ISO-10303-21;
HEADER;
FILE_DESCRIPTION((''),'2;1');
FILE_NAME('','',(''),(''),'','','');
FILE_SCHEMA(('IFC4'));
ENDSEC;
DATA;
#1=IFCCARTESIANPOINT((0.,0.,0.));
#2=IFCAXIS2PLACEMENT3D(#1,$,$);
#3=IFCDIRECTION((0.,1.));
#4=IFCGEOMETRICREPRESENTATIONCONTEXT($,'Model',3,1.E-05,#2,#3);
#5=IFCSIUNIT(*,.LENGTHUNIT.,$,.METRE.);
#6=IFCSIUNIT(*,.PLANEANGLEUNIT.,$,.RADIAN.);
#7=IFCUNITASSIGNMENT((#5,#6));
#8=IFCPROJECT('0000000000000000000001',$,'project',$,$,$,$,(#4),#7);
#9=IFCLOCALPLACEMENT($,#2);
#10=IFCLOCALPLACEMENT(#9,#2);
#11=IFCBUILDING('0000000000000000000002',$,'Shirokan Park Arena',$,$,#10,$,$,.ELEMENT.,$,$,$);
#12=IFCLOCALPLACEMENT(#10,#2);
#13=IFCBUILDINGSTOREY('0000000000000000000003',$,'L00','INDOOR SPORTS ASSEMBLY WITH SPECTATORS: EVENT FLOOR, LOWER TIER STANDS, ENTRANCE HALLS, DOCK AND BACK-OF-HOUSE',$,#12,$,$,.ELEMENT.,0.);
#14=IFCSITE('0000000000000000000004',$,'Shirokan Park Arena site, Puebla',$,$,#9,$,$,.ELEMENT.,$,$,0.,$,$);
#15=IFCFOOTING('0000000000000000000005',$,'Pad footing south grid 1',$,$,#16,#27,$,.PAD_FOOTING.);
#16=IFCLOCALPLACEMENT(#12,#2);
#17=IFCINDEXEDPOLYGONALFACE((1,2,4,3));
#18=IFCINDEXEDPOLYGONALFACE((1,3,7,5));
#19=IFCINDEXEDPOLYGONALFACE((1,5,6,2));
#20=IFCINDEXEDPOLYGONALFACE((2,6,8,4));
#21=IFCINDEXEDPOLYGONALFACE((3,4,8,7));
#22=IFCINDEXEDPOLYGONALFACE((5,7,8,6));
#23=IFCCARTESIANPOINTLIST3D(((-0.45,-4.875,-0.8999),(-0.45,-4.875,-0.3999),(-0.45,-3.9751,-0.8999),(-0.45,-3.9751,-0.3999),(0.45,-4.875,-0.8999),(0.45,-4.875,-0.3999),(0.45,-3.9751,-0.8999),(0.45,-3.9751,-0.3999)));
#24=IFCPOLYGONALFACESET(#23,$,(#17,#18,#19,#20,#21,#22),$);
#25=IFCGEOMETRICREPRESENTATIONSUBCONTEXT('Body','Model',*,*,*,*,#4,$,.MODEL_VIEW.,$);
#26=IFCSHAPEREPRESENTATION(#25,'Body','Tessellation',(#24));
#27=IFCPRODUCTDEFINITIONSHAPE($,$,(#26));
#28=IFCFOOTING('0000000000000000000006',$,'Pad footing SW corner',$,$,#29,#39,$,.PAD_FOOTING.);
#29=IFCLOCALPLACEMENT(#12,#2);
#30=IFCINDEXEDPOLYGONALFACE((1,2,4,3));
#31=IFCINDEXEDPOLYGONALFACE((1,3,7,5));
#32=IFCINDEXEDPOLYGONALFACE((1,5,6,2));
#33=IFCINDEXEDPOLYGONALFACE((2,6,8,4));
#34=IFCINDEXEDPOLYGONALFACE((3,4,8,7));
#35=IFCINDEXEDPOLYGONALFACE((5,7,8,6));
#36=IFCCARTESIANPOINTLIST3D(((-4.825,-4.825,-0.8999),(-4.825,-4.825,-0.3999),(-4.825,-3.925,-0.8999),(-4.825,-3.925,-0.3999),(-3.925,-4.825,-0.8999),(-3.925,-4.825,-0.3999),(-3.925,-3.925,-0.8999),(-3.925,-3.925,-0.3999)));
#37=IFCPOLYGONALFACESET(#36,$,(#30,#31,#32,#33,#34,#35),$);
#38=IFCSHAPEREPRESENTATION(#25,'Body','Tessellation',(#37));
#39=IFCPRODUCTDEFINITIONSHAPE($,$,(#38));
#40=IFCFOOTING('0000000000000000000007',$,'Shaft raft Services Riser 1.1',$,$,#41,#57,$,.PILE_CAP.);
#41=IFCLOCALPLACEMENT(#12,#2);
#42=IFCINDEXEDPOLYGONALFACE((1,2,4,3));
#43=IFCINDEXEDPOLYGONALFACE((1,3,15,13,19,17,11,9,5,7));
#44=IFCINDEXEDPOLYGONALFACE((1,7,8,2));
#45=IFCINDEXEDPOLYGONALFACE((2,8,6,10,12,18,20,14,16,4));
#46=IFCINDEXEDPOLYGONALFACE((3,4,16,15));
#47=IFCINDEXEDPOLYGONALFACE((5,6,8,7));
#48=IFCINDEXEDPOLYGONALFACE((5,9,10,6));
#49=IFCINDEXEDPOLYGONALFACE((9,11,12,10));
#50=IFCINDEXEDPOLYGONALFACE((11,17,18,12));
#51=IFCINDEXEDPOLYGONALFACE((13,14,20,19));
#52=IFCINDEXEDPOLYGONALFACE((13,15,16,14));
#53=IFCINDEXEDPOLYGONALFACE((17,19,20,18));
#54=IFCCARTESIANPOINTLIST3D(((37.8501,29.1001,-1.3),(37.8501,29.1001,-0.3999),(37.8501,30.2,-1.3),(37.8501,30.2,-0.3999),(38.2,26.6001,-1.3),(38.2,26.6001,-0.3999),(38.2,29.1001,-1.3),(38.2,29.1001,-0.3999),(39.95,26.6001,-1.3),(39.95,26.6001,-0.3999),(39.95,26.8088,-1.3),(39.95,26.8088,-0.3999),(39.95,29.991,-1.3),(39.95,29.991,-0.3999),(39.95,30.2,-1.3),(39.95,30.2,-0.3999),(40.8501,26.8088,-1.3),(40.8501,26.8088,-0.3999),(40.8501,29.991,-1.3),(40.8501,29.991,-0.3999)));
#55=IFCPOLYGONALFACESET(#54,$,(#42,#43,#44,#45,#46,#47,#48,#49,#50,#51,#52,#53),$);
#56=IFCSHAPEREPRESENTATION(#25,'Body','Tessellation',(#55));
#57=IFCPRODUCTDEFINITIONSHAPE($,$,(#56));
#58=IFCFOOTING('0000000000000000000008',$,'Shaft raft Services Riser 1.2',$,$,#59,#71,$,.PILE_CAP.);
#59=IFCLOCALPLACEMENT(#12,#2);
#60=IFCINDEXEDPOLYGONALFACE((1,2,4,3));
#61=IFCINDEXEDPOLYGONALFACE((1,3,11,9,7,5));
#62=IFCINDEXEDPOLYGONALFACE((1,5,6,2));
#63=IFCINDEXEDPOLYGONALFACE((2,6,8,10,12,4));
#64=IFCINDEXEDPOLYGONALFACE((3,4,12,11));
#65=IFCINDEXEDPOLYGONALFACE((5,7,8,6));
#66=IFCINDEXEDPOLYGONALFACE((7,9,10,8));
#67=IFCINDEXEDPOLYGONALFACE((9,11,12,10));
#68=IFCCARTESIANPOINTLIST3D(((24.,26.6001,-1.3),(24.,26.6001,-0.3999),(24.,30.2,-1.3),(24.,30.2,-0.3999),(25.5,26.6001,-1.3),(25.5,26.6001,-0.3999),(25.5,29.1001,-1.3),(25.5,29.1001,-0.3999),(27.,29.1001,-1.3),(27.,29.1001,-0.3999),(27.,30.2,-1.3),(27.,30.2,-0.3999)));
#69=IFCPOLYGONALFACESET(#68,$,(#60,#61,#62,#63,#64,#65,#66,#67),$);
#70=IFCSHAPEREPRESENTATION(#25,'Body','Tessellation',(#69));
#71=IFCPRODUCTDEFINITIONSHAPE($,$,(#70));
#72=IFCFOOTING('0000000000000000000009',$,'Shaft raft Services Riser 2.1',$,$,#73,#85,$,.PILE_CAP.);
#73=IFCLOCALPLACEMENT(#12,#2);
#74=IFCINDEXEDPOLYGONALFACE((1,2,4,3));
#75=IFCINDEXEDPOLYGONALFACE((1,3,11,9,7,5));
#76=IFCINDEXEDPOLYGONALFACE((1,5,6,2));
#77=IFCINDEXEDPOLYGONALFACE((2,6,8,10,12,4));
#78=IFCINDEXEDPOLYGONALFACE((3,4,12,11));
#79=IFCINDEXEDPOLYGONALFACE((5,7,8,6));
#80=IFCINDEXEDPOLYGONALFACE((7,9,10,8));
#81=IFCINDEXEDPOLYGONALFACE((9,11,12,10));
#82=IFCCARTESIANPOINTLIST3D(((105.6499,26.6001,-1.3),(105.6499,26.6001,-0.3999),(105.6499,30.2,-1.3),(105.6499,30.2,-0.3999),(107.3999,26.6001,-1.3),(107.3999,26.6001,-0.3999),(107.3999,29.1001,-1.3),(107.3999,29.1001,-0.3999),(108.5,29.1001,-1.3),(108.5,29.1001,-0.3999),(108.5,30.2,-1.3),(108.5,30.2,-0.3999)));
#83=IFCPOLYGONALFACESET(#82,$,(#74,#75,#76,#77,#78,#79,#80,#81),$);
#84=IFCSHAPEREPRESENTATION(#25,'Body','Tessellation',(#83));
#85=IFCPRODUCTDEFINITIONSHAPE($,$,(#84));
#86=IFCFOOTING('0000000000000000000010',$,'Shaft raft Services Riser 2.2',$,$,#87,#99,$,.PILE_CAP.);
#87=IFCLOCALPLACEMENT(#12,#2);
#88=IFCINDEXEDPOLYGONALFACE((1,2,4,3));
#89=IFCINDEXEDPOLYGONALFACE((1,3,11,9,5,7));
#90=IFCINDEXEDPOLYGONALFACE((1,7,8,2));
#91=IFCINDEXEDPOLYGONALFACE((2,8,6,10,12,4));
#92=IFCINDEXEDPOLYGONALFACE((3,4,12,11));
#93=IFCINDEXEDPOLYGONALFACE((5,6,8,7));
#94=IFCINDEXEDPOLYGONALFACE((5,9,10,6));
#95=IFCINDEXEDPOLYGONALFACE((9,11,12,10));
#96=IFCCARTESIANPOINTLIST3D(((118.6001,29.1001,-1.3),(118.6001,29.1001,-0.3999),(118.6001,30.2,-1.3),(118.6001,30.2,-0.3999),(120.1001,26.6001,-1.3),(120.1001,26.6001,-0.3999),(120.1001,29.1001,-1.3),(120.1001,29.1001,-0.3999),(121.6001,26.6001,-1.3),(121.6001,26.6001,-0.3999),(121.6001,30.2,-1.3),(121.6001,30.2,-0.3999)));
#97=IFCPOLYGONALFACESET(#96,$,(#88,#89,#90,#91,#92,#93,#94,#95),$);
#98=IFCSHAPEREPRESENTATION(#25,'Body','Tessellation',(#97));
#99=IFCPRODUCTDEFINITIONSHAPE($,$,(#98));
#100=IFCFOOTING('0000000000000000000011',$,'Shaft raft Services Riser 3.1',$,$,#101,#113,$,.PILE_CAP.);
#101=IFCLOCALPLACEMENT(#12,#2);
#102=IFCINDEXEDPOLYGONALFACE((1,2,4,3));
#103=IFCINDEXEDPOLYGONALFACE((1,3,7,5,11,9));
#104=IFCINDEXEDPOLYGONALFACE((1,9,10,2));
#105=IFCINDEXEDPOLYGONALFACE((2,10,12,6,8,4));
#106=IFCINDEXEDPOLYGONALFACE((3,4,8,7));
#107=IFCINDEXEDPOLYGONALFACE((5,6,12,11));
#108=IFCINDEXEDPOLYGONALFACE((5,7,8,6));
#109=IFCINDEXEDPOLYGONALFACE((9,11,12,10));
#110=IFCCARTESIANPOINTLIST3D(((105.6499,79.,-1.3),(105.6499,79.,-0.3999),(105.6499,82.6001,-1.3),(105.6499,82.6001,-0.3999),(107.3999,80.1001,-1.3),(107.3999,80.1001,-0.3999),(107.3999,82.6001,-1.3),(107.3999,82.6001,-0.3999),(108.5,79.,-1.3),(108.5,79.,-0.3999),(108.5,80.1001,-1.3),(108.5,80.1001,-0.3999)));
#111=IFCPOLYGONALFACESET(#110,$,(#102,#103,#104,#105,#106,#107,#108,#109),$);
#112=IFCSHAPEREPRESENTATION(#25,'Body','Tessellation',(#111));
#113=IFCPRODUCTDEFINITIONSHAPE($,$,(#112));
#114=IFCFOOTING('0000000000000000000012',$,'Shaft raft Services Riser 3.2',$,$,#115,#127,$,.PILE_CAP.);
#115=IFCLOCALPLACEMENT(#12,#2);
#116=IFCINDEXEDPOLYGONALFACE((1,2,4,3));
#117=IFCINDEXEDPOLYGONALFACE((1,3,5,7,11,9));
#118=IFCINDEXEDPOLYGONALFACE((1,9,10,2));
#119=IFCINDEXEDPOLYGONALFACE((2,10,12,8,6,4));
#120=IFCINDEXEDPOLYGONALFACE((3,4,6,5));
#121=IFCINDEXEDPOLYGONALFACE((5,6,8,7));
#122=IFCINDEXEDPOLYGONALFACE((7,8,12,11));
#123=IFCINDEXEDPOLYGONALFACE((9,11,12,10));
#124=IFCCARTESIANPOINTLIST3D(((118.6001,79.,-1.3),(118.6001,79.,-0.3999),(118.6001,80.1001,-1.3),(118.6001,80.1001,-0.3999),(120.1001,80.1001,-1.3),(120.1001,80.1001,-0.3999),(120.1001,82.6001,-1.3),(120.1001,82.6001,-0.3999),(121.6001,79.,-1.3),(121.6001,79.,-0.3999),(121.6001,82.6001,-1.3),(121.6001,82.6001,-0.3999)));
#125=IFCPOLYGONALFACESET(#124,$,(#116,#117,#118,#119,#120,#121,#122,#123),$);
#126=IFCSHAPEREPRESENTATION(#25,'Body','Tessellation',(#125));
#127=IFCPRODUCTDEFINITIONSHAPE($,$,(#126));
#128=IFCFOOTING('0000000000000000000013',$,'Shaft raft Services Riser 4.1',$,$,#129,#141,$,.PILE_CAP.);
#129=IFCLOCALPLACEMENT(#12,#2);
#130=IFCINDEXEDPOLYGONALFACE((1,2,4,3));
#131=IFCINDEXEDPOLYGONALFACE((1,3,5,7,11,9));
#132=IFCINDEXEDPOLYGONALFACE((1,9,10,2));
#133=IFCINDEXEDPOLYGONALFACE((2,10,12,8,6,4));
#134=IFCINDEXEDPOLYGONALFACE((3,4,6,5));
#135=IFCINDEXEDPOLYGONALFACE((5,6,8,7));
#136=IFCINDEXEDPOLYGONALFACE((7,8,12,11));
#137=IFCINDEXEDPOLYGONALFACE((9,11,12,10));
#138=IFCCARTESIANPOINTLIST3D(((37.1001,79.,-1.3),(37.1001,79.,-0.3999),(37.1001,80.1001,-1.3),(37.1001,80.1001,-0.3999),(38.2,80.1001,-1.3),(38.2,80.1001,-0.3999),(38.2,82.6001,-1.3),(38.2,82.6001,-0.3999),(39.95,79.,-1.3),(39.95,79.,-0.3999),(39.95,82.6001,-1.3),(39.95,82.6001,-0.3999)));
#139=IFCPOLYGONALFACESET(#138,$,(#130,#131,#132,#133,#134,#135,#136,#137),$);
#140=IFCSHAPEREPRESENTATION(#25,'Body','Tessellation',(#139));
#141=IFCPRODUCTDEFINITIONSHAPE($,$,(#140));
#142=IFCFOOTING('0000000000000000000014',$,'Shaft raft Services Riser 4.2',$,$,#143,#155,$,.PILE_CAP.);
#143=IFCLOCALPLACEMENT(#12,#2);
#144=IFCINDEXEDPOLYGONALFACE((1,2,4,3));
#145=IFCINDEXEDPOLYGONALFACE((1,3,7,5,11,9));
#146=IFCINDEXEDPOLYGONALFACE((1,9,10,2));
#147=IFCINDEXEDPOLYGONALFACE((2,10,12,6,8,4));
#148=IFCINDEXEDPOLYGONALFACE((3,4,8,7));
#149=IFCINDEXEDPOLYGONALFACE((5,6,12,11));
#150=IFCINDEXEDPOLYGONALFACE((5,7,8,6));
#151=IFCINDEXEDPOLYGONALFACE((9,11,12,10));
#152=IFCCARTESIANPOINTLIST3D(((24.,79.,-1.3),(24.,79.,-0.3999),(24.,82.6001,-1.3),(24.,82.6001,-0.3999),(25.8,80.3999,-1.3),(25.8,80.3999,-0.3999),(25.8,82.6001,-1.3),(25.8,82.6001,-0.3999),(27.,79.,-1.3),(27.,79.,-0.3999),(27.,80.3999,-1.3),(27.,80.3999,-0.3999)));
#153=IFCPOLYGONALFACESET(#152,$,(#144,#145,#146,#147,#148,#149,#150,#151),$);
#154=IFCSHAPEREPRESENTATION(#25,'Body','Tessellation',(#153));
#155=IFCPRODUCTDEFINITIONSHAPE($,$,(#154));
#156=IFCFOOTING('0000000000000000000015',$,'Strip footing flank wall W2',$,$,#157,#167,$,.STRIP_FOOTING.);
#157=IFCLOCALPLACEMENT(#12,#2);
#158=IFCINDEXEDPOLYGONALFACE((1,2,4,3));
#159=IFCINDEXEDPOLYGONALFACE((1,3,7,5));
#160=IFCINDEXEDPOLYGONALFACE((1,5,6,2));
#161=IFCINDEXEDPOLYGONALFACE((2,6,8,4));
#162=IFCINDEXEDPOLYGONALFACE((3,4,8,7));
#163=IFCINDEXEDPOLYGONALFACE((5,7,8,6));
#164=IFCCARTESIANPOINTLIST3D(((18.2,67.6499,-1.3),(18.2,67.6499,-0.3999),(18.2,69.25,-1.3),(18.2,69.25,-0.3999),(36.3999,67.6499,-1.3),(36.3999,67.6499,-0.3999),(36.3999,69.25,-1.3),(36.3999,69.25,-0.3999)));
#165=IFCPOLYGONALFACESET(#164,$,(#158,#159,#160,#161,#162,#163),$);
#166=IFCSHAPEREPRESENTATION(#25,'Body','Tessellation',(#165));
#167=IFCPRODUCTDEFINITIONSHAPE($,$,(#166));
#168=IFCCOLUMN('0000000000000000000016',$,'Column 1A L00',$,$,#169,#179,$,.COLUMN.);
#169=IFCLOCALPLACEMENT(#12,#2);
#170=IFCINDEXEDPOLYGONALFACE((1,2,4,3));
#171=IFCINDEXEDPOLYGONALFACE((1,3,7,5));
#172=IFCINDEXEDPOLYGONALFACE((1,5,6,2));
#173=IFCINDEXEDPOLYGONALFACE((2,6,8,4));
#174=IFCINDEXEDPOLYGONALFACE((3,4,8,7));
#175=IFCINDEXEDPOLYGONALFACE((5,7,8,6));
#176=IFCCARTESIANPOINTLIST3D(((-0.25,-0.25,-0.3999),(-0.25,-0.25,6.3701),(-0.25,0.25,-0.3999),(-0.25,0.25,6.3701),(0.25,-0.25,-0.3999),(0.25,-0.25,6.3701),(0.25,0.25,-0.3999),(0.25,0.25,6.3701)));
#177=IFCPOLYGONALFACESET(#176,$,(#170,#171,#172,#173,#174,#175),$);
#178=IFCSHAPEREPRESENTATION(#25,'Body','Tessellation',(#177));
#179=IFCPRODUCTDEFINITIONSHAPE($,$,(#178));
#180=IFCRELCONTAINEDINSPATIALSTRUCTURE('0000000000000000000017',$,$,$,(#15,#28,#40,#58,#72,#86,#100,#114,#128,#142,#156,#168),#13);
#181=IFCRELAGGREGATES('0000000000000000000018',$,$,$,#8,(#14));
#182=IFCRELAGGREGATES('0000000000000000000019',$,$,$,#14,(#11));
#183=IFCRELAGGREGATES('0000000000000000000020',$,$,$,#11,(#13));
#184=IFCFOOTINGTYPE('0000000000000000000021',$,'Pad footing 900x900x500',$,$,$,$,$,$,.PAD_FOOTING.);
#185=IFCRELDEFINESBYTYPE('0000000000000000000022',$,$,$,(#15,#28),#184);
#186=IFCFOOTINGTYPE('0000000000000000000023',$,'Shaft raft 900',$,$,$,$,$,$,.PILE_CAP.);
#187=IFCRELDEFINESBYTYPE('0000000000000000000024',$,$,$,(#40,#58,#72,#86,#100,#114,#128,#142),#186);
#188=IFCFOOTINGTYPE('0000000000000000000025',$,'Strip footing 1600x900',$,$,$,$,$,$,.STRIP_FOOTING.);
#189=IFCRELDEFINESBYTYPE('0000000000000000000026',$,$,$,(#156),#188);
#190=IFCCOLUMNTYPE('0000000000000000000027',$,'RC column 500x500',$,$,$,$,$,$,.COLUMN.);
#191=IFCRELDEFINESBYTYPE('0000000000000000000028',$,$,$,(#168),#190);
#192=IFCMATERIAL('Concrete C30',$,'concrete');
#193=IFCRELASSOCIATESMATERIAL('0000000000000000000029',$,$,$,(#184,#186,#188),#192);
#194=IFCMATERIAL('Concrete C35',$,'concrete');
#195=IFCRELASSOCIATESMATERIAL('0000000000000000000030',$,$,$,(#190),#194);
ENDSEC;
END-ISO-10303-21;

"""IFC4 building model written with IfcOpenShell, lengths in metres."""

from ifc_helpers import new_model, si_unit, direction, frame, origin, origin_2d, place, context, subcontext, project, spatial, polyline, rectangle, outline, extrude, material, material_profile, profile_set, type_object, element, save


model = new_model("IFC4")

# Units and contexts
model_context = context("Model", 3, precision=1e-05, world=origin(), true_north=direction((0.0, 1.0)))
body_context = subcontext(model_context, "Body", "Model", "MODEL_VIEW")
ifc_project = project(units=[si_unit("LENGTHUNIT", "METRE"), si_unit("PLANEANGLEUNIT", "RADIAN")], contexts=[model_context])

# Site, building, storey
site_placement = place(None, origin())
site = spatial("IfcSite", under=ifc_project, at=site_placement, Name="Shirokan Park Arena site, Puebla", CompositionType="ELEMENT", RefElevation=0.0)
building_placement = place(site_placement, origin())
building = spatial("IfcBuilding", under=site, at=building_placement, Name="Shirokan Park Arena", CompositionType="ELEMENT")
storey_placement = place(building_placement, origin())
storey = spatial("IfcBuildingStorey", under=building, at=storey_placement, Name="L00", Description="INDOOR SPORTS ASSEMBLY WITH SPECTATORS: EVENT FLOOR, LOWER TIER STANDS, ENTRANCE HALLS, DOCK AND BACK-OF-HOUSE", CompositionType="ELEMENT", Elevation=0.0)

# Footings
ifc_material_1 = material(Name="Concrete C30", Category="concrete")
footing_type_1 = type_object("IfcFootingType", Name="Pad footing 900x900x500", PredefinedType="PAD_FOOTING", material=ifc_material_1)
for number, where, z_axis, x_axis, name in (
    (1, (0.0, -4.425, -0.8999), (0.0, 0.0, 1.0), (1.0, 0.0, 0.0), "Pad footing south grid 1"),
    (2, (-4.375, -4.375, -0.8999), (0.0, 0.0, 1.0), (1.0, 0.0, 0.0), "Pad footing SW corner"),
):
    element("IfcFooting", number, at=place(storey_placement, frame(where, z_axis=z_axis, x_axis=x_axis)), inside=storey, type_object=footing_type_1, Name=name, PredefinedType="PAD_FOOTING", context=body_context, shape_type="SweptSolid", body=[
        extrude(rectangle(XDim=0.8999, YDim=0.8999, at=origin_2d()), origin(), (0.0, 0.0, 1.0), 0.5),
    ])
footing_type_2 = type_object("IfcFootingType", Name="Shaft raft 900", PredefinedType="PILE_CAP", material=ifc_material_1)
footing_1_placement = place(storey_placement, frame((0.0, 0.0, -1.3)))
element("IfcFooting", 3, at=footing_1_placement, inside=storey, type_object=footing_type_2, Name="Shaft raft Services Riser 1.1", PredefinedType="PILE_CAP", context=body_context, shape_type="SweptSolid", body=[
    extrude(outline(polyline([(39.95, 30.2), (39.95, 29.991), (40.8501, 29.991), (40.8501, 26.8088), (39.95, 26.8088), (39.95, 26.6001), (38.2, 26.6001), (38.2, 29.1001), (37.8501, 29.1001), (37.8501, 30.2), (39.95, 30.2)])), origin(), (0.0, 0.0, 1.0), 0.9001),
])
footing_2_placement = place(storey_placement, frame((0.0, 0.0, -1.3)))
element("IfcFooting", 4, at=footing_2_placement, inside=storey, type_object=footing_type_2, Name="Shaft raft Services Riser 1.2", PredefinedType="PILE_CAP", context=body_context, shape_type="SweptSolid", body=[
    extrude(outline(polyline([(24.0, 30.2), (27.0, 30.2), (27.0, 29.1001), (25.5, 29.1001), (25.5, 26.6001), (24.0, 26.6001), (24.0, 30.2)])), origin(), (0.0, 0.0, 1.0), 0.9001),
])
footing_3_placement = place(storey_placement, frame((0.0, 0.0, -1.3)))
element("IfcFooting", 5, at=footing_3_placement, inside=storey, type_object=footing_type_2, Name="Shaft raft Services Riser 2.1", PredefinedType="PILE_CAP", context=body_context, shape_type="SweptSolid", body=[
    extrude(outline(polyline([(105.6499, 26.6001), (105.6499, 30.2), (108.5, 30.2), (108.5, 29.1001), (107.3999, 29.1001), (107.3999, 26.6001), (105.6499, 26.6001)])), origin(), (0.0, 0.0, 1.0), 0.9001),
])
footing_4_placement = place(storey_placement, frame((0.0, 0.0, -1.3)))
element("IfcFooting", 6, at=footing_4_placement, inside=storey, type_object=footing_type_2, Name="Shaft raft Services Riser 2.2", PredefinedType="PILE_CAP", context=body_context, shape_type="SweptSolid", body=[
    extrude(outline(polyline([(120.1001, 29.1001), (118.6001, 29.1001), (118.6001, 30.2), (121.6001, 30.2), (121.6001, 26.6001), (120.1001, 26.6001), (120.1001, 29.1001)])), origin(), (0.0, 0.0, 1.0), 0.9001),
])
footing_5_placement = place(storey_placement, frame((0.0, 0.0, -1.3)))
element("IfcFooting", 7, at=footing_5_placement, inside=storey, type_object=footing_type_2, Name="Shaft raft Services Riser 3.1", PredefinedType="PILE_CAP", context=body_context, shape_type="SweptSolid", body=[
    extrude(outline(polyline([(108.5, 80.1001), (108.5, 79.0), (105.6499, 79.0), (105.6499, 82.6001), (107.3999, 82.6001), (107.3999, 80.1001), (108.5, 80.1001)])), origin(), (0.0, 0.0, 1.0), 0.9001),
])
footing_6_placement = place(storey_placement, frame((0.0, 0.0, -1.3)))
element("IfcFooting", 8, at=footing_6_placement, inside=storey, type_object=footing_type_2, Name="Shaft raft Services Riser 3.2", PredefinedType="PILE_CAP", context=body_context, shape_type="SweptSolid", body=[
    extrude(outline(polyline([(121.6001, 79.0), (118.6001, 79.0), (118.6001, 80.1001), (120.1001, 80.1001), (120.1001, 82.6001), (121.6001, 82.6001), (121.6001, 79.0)])), origin(), (0.0, 0.0, 1.0), 0.9001),
])
footing_7_placement = place(storey_placement, frame((0.0, 0.0, -1.3)))
element("IfcFooting", 9, at=footing_7_placement, inside=storey, type_object=footing_type_2, Name="Shaft raft Services Riser 4.1", PredefinedType="PILE_CAP", context=body_context, shape_type="SweptSolid", body=[
    extrude(outline(polyline([(39.95, 82.6001), (39.95, 79.0), (37.1001, 79.0), (37.1001, 80.1001), (38.2, 80.1001), (38.2, 82.6001), (39.95, 82.6001)])), origin(), (0.0, 0.0, 1.0), 0.9001),
])
footing_8_placement = place(storey_placement, frame((0.0, 0.0, -1.3)))
element("IfcFooting", 10, at=footing_8_placement, inside=storey, type_object=footing_type_2, Name="Shaft raft Services Riser 4.2", PredefinedType="PILE_CAP", context=body_context, shape_type="SweptSolid", body=[
    extrude(outline(polyline([(27.0, 79.0), (24.0, 79.0), (24.0, 82.6001), (25.8, 82.6001), (25.8, 80.3999), (27.0, 80.3999), (27.0, 79.0)])), origin(), (0.0, 0.0, 1.0), 0.9001),
])
footing_type_3 = type_object("IfcFootingType", Name="Strip footing 1600x900", PredefinedType="STRIP_FOOTING", material=ifc_material_1)
footing_9_placement = place(storey_placement, frame((0.0, 0.0, -1.3)))
element("IfcFooting", 11, at=footing_9_placement, inside=storey, type_object=footing_type_3, Name="Strip footing flank wall W2", PredefinedType="STRIP_FOOTING", context=body_context, shape_type="SweptSolid", body=[
    extrude(outline(polyline([(18.2, 67.6499), (18.2, 69.25), (36.3999, 69.25), (36.3999, 67.6499), (18.2, 67.6499)])), origin(), (0.0, 0.0, 1.0), 0.9001),
])

# Column
ifc_material_2 = material(Name="Concrete C35", Category="concrete")
ifc_material_profile_1 = material_profile(ifc_material_2, rectangle(XDim=0.5, YDim=0.5, at=origin_2d()), Name="500x500")
ifc_profile_set_1 = profile_set([ifc_material_profile_1], Name="Concrete C35")
column_type_1 = type_object("IfcColumnType", Name="RC column 500x500", PredefinedType="COLUMN", material=ifc_profile_set_1)
column_placement = place(storey_placement, frame((0.0, 0.0, -0.3999), z_axis=(0.0, 0.0, 1.0), x_axis=(1.0, 0.0, 0.0)))
element("IfcColumn", 12, at=column_placement, inside=storey, type_object=column_type_1, Name="Column 1A L00", PredefinedType="COLUMN", context=body_context, shape_type="SweptSolid", body=[
    extrude(rectangle(XDim=0.5, YDim=0.5, at=origin_2d()), origin(), (0.0, 0.0, 1.0), 6.77),
])

save(model, "model.ifc")
